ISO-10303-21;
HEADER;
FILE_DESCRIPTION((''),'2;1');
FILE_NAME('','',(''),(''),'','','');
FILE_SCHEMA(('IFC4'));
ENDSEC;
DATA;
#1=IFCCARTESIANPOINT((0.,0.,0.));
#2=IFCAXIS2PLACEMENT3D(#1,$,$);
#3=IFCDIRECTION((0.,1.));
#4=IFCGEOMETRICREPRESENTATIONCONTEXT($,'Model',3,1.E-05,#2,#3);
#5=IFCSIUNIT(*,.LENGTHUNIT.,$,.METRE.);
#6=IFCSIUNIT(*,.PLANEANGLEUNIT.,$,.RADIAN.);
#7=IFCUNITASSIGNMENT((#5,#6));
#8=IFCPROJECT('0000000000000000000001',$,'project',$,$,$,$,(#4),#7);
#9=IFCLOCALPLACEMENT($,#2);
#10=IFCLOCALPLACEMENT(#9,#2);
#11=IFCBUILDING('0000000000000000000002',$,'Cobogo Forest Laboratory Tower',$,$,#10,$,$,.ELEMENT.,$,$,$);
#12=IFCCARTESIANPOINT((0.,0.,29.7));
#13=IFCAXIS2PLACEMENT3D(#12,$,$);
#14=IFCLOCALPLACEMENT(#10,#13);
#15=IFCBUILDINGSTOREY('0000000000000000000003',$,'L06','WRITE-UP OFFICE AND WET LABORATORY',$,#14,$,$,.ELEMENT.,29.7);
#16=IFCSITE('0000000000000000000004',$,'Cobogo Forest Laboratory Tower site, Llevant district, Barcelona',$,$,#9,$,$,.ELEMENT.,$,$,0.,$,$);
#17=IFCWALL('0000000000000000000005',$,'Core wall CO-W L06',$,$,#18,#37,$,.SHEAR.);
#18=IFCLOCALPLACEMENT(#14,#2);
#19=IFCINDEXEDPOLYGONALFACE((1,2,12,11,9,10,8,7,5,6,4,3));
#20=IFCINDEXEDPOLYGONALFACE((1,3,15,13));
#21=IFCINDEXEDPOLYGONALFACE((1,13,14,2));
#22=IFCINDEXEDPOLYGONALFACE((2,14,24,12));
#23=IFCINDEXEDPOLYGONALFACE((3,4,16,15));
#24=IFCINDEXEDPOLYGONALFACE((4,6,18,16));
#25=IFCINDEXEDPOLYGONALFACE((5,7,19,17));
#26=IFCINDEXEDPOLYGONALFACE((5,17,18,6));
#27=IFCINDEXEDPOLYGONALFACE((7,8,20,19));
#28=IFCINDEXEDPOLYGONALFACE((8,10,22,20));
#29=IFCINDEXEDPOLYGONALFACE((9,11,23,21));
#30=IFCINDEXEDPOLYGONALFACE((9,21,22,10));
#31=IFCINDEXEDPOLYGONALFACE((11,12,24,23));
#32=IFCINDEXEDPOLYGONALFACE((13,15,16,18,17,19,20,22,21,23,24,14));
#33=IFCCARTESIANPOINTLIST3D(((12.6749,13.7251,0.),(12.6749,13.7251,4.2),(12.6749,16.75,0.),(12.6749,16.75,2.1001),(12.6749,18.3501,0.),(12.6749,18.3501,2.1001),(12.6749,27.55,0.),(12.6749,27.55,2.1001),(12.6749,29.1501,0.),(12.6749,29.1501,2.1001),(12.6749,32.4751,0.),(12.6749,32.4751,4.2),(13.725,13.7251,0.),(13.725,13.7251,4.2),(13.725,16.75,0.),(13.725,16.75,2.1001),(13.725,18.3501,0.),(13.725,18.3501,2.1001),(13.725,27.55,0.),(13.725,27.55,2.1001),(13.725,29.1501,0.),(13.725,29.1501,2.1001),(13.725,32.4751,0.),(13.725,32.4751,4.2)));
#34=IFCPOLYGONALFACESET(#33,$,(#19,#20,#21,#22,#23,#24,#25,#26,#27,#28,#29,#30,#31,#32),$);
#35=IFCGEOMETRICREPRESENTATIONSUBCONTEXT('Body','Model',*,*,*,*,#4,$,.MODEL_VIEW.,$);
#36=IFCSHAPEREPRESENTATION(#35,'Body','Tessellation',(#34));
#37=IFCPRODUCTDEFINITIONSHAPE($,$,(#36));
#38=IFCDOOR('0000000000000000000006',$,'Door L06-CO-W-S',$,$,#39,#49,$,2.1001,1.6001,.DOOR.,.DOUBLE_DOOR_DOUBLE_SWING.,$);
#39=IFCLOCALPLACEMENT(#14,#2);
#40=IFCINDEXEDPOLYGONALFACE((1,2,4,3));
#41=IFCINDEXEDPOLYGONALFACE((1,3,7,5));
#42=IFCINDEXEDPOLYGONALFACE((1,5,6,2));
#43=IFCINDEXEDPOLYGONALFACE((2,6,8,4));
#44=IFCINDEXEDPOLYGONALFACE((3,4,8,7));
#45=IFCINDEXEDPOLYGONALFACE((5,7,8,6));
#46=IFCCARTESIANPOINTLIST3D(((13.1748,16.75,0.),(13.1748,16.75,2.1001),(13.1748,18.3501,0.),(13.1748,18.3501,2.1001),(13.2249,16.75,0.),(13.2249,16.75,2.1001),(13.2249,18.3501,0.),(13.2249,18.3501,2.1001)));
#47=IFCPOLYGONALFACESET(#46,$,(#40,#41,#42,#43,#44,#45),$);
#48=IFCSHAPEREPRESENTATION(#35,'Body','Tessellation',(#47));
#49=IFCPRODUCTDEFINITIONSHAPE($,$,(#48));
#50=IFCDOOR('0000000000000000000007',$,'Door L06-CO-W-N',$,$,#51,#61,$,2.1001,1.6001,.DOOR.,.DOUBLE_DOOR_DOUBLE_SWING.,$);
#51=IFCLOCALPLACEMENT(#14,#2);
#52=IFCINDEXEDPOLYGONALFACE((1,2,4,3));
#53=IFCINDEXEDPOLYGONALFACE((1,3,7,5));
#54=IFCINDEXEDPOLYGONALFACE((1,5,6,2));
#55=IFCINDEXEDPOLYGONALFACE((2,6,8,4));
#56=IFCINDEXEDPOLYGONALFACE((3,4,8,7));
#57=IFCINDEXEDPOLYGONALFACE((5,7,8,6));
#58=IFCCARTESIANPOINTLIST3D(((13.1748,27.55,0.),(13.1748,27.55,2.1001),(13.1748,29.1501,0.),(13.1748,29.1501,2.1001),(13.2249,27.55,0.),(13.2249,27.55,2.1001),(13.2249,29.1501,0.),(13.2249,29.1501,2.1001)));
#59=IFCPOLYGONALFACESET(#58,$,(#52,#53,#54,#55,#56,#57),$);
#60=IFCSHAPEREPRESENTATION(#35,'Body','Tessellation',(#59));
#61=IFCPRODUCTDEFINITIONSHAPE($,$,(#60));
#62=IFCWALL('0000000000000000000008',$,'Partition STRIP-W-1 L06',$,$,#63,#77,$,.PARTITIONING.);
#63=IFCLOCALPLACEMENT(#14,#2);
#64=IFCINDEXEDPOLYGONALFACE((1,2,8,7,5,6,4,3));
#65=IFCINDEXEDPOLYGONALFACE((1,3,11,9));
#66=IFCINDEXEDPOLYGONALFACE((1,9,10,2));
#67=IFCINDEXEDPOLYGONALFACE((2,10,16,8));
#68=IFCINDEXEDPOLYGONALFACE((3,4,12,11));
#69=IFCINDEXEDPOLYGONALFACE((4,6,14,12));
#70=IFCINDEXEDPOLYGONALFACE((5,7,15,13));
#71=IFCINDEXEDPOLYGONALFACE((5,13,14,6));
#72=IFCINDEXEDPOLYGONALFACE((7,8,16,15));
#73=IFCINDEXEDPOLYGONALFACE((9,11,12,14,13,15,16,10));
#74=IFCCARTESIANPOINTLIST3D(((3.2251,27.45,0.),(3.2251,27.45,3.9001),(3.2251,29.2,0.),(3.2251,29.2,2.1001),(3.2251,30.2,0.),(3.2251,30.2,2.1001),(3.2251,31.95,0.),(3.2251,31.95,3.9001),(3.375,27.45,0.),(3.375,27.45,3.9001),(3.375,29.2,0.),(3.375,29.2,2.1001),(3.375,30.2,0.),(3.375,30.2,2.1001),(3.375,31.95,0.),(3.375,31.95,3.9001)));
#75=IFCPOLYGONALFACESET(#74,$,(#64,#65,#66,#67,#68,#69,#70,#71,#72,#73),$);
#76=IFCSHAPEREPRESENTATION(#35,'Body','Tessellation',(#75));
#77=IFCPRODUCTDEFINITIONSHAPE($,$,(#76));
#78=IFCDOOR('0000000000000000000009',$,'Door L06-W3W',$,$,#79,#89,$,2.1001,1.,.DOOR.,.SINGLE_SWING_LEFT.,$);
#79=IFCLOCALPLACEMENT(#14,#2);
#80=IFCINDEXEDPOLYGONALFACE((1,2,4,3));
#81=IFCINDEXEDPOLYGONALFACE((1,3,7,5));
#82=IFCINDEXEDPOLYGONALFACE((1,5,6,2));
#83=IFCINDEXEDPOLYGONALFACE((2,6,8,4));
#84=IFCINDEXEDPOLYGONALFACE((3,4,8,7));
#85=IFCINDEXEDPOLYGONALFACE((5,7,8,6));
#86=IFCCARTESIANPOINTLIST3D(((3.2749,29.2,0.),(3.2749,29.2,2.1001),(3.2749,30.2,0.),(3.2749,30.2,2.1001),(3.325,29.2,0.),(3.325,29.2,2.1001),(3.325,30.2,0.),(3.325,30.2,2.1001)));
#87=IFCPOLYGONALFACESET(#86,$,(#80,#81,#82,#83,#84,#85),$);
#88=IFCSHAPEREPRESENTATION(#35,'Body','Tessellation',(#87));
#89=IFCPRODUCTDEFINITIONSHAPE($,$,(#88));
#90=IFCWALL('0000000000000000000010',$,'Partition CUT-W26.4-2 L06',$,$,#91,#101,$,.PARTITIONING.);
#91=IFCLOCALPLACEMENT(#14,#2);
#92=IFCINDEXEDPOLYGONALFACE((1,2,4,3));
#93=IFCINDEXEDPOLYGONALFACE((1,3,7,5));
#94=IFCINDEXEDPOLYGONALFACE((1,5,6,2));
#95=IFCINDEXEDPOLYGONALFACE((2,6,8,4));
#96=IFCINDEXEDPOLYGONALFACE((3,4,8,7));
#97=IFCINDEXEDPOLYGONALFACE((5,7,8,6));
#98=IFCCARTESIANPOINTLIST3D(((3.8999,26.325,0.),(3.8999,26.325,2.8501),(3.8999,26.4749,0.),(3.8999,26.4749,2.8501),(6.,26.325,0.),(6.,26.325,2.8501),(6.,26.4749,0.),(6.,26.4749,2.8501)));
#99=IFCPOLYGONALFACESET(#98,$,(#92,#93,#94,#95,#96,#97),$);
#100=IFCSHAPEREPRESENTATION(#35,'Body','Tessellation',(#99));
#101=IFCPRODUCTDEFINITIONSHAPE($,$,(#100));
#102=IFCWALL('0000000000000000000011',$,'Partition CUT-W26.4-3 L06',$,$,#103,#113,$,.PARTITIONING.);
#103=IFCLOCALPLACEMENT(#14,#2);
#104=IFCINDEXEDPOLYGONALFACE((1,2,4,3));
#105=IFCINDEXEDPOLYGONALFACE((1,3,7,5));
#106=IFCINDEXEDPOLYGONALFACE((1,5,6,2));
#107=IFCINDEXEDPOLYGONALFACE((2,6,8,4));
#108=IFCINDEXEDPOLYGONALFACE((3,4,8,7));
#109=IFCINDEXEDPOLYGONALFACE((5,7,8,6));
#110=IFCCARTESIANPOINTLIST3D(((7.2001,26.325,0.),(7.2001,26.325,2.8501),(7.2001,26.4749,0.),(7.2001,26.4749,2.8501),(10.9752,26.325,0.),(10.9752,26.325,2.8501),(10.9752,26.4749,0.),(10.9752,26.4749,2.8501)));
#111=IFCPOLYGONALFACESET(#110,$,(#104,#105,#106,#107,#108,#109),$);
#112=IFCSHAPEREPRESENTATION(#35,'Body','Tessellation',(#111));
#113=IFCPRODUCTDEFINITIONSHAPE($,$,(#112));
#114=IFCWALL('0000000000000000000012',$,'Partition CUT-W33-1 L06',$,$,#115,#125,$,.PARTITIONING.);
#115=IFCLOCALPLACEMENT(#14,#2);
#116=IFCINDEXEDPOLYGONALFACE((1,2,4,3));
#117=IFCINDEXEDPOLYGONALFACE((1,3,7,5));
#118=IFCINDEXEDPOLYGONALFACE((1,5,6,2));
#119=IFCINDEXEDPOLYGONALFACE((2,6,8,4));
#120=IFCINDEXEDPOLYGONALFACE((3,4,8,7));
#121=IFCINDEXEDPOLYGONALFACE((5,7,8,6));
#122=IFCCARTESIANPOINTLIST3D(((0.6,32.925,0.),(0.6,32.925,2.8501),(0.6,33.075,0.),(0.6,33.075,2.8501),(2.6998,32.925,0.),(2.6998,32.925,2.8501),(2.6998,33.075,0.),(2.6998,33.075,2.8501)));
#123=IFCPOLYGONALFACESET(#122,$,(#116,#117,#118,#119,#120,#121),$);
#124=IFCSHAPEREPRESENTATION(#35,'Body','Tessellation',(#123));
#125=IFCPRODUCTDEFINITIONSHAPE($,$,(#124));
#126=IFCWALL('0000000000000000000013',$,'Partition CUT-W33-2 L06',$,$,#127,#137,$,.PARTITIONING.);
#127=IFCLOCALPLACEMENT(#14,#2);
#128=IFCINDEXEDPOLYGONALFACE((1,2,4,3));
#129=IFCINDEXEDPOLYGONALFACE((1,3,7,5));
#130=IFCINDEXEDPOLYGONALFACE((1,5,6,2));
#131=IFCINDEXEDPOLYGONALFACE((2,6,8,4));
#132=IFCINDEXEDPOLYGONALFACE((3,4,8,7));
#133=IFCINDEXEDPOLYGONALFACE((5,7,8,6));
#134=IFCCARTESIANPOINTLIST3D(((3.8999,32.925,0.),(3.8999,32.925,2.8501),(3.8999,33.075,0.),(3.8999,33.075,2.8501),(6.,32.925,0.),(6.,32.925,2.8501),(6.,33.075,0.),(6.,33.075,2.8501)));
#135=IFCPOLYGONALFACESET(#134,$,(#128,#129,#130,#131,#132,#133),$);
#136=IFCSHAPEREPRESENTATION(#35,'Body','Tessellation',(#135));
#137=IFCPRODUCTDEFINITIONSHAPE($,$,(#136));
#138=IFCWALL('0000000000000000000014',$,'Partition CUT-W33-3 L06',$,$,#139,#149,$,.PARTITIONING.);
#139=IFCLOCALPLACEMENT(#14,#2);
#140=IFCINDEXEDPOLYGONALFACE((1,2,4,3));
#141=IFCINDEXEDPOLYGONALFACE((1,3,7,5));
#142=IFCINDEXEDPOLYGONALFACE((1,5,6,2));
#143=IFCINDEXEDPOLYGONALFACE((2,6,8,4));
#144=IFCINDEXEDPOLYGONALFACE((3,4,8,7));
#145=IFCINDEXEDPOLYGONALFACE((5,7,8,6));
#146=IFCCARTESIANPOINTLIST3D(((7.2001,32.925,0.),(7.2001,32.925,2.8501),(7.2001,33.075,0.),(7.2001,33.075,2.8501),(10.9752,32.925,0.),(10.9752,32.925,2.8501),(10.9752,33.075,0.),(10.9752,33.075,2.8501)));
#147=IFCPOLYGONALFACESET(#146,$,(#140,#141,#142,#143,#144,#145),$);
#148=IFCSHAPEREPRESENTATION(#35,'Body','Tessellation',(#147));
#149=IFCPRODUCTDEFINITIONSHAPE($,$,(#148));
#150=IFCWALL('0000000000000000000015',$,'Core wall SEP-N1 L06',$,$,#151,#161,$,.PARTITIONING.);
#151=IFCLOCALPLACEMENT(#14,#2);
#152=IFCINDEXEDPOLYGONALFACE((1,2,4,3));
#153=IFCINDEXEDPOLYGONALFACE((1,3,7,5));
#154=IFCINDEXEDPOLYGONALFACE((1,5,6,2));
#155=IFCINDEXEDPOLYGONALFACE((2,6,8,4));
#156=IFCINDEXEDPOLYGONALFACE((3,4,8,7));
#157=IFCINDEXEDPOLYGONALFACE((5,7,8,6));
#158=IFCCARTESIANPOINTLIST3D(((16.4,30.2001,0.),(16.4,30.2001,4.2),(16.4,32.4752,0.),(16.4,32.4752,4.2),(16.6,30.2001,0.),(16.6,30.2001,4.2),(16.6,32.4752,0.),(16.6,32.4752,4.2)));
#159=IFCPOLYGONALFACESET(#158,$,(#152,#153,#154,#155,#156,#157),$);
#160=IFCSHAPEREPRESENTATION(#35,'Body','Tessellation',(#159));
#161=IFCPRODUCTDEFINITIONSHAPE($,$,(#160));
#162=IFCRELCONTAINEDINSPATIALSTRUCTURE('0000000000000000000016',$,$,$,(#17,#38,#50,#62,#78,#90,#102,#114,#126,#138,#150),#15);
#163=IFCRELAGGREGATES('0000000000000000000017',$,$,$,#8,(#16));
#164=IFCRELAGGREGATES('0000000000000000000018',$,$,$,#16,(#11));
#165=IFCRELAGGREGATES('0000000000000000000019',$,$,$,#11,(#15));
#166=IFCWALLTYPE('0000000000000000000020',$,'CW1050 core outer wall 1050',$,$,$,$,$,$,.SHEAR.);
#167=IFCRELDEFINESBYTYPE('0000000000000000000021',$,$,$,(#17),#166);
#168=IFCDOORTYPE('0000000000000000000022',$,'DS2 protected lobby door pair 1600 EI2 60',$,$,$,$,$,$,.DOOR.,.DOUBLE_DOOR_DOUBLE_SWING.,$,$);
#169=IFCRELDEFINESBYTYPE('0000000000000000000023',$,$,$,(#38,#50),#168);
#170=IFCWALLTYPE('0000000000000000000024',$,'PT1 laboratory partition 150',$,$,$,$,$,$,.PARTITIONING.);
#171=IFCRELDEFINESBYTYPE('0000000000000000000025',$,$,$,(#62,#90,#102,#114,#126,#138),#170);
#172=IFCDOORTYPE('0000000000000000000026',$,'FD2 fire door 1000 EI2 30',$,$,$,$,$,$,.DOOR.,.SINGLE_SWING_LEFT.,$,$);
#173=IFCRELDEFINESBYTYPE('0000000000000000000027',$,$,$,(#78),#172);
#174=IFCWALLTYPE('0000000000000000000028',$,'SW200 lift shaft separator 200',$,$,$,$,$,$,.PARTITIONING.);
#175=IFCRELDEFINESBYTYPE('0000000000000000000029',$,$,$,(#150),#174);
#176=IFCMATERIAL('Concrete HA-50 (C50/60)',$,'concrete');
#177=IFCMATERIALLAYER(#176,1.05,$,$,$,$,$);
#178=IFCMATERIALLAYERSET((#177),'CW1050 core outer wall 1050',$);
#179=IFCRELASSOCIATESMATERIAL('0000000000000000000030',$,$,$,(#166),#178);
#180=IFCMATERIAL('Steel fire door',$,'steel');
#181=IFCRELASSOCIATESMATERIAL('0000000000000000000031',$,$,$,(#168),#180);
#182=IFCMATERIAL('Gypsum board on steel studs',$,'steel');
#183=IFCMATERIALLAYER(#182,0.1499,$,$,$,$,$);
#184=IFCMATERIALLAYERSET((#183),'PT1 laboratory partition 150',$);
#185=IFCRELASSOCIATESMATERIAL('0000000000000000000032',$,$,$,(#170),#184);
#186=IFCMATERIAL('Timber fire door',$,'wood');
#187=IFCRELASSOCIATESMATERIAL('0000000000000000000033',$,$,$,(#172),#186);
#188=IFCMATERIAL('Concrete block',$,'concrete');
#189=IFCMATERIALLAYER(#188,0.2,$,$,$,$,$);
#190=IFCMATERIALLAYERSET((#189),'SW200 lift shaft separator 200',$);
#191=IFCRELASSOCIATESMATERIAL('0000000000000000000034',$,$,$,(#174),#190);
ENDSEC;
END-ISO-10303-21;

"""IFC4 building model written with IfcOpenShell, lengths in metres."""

from ifc_helpers import new_model, si_unit, direction, frame, frame_2d, origin, place, context, subcontext, project, spatial, rectangle, extrude, material, layer, layer_set, type_object, element, fill, save


model = new_model("IFC4")

# Units and contexts
model_context = context("Model", 3, precision=1e-05, world=origin(), true_north=direction((0.0, 1.0)))
body_context = subcontext(model_context, "Body", "Model", "MODEL_VIEW")
ifc_project = project(units=[si_unit("LENGTHUNIT", "METRE"), si_unit("PLANEANGLEUNIT", "RADIAN")], contexts=[model_context])

# Site, building, storey
site_placement = place(None, origin())
site = spatial("IfcSite", under=ifc_project, at=site_placement, Name="Cobogo Forest Laboratory Tower site, Llevant district, Barcelona", CompositionType="ELEMENT", RefElevation=0.0)
building_placement = place(site_placement, origin())
building = spatial("IfcBuilding", under=site, at=building_placement, Name="Cobogo Forest Laboratory Tower", CompositionType="ELEMENT")
storey_placement = place(building_placement, frame((0.0, 0.0, 29.7)))
storey = spatial("IfcBuildingStorey", under=building, at=storey_placement, Name="L06", Description="WRITE-UP OFFICE AND WET LABORATORY", CompositionType="ELEMENT", Elevation=29.7)

# Shared definitions
ifc_material_1 = material(Name="Concrete HA-50 (C50/60)", Category="concrete")

# Shared definitions
ifc_material_2 = material(Name="Steel fire door", Category="steel")

# Wall, openings, doors
ifc_layer_1 = layer(ifc_material_1, 1.05)
ifc_layer_set_1 = layer_set([ifc_layer_1], Name="CW1050 core outer wall 1050")
wall_type_1 = type_object("IfcWallType", Name="CW1050 core outer wall 1050", PredefinedType="SHEAR", material=ifc_layer_set_1)
wall_1_placement = place(storey_placement, frame((13.2, 32.4751, 0.0), z_axis=(0.0, 0.0, 1.0), x_axis=(0.0, -1.0, 0.0)))
wall_1 = element("IfcWall", 1, at=wall_1_placement, inside=storey, type_object=wall_type_1, Name="Core wall CO-W L06", PredefinedType="SHEAR", context=body_context, shape_type="SweptSolid", body=[
    extrude(rectangle(XDim=18.75, YDim=1.05, at=frame_2d((9.375, 0.0))), origin(), (0.0, 0.0, 1.0), 4.2),
])
opening_1_placement = place(wall_1_placement, frame((14.125, 0.0, 0.0)))
opening_1 = element("IfcOpeningElement", 2, at=opening_1_placement, cuts=wall_1, PredefinedType="OPENING", context=body_context, shape_type="SweptSolid", body=[
    extrude(rectangle(XDim=1.6001, YDim=2.1001, at=frame_2d((0.8, 1.05))), frame((0.0, 0.5349, 0.0), z_axis=(0.0, -1.0, 0.0), x_axis=(1.0, 0.0, 0.0)), (0.0, 0.0, 1.0), 1.0701),
])
opening_2_placement = place(wall_1_placement, frame((3.325, 0.0, 0.0)))
opening_2 = element("IfcOpeningElement", 3, at=opening_2_placement, cuts=wall_1, PredefinedType="OPENING", context=body_context, shape_type="SweptSolid", body=[
    extrude(rectangle(XDim=1.6001, YDim=2.1001, at=frame_2d((0.8, 1.05))), frame((0.0, 0.5349, 0.0), z_axis=(0.0, -1.0, 0.0), x_axis=(1.0, 0.0, 0.0)), (0.0, 0.0, 1.0), 1.0701),
])
door_type_1 = type_object("IfcDoorType", Name="DS2 protected lobby door pair 1600 EI2 60", OperationType="DOUBLE_DOOR_DOUBLE_SWING", PredefinedType="DOOR", material=ifc_material_2)
door_1_placement = place(opening_1_placement, origin())
door_1 = element("IfcDoor", 4, at=door_1_placement, inside=storey, type_object=door_type_1, Name="Door L06-CO-W-S", OperationType="DOUBLE_DOOR_DOUBLE_SWING", OverallHeight=2.1001, OverallWidth=1.6001, PredefinedType="DOOR", context=body_context, shape_type="SweptSolid", body=[
    extrude(rectangle(XDim=1.6001, YDim=2.1001, at=frame_2d((0.8, 1.05))), frame((0.0, 0.0249, 0.0), z_axis=(0.0, -1.0, 0.0), x_axis=(1.0, 0.0, 0.0)), (0.0, 0.0, 1.0), 0.05),
])
fill(opening_1, door_1)
door_2_placement = place(opening_2_placement, origin())
door_2 = element("IfcDoor", 5, at=door_2_placement, inside=storey, type_object=door_type_1, Name="Door L06-CO-W-N", OperationType="DOUBLE_DOOR_DOUBLE_SWING", OverallHeight=2.1001, OverallWidth=1.6001, PredefinedType="DOOR", context=body_context, shape_type="SweptSolid", body=[
    extrude(rectangle(XDim=1.6001, YDim=2.1001, at=frame_2d((0.8, 1.05))), frame((0.0, 0.0249, 0.0), z_axis=(0.0, -1.0, 0.0), x_axis=(1.0, 0.0, 0.0)), (0.0, 0.0, 1.0), 0.05),
])
fill(opening_2, door_2)

# Wall, opening, door
ifc_material_3 = material(Name="Gypsum board on steel studs", Category="steel")
ifc_layer_2 = layer(ifc_material_3, 0.1499)
ifc_layer_set_2 = layer_set([ifc_layer_2], Name="PT1 laboratory partition 150")
wall_type_2 = type_object("IfcWallType", Name="PT1 laboratory partition 150", PredefinedType="PARTITIONING", material=ifc_layer_set_2)
wall_2_placement = place(storey_placement, frame((3.3, 31.95, 0.0), z_axis=(0.0, 0.0, 1.0), x_axis=(0.0, -1.0, 0.0)))
wall_2 = element("IfcWall", 6, at=wall_2_placement, inside=storey, type_object=wall_type_2, Name="Partition STRIP-W-1 L06", PredefinedType="PARTITIONING", context=body_context, shape_type="SweptSolid", body=[
    extrude(rectangle(XDim=4.5, YDim=0.1499, at=frame_2d((2.25, 0.0))), origin(), (0.0, 0.0, 1.0), 3.9001),
])
opening_3_placement = place(wall_2_placement, frame((1.75, 0.0, 0.0)))
opening_3 = element("IfcOpeningElement", 7, at=opening_3_placement, cuts=wall_2, PredefinedType="OPENING", context=body_context, shape_type="SweptSolid", body=[
    extrude(rectangle(XDim=1.0, YDim=2.1001, at=frame_2d((0.5, 1.05))), frame((0.0, 0.085, 0.0), z_axis=(0.0, -1.0, 0.0), x_axis=(1.0, 0.0, 0.0)), (0.0, 0.0, 1.0), 0.1699),
])
ifc_material_4 = material(Name="Timber fire door", Category="wood")
door_type_2 = type_object("IfcDoorType", Name="FD2 fire door 1000 EI2 30", OperationType="SINGLE_SWING_LEFT", PredefinedType="DOOR", material=ifc_material_4)
door_3_placement = place(opening_3_placement, origin())
door_3 = element("IfcDoor", 8, at=door_3_placement, inside=storey, type_object=door_type_2, Name="Door L06-W3W", OperationType="SINGLE_SWING_LEFT", OverallHeight=2.1001, OverallWidth=1.0, PredefinedType="DOOR", context=body_context, shape_type="SweptSolid", body=[
    extrude(rectangle(XDim=1.0, YDim=2.1001, at=frame_2d((0.5, 1.05))), frame((0.0, 0.0249, 0.0), z_axis=(0.0, -1.0, 0.0), x_axis=(1.0, 0.0, 0.0)), (0.0, 0.0, 1.0), 0.05),
])
fill(opening_3, door_3)

# Walls
wall_3_placement = place(storey_placement, frame((3.8999, 26.3999, 0.0), z_axis=(0.0, 0.0, 1.0), x_axis=(1.0, 0.0, 0.0)))
element("IfcWall", 9, at=wall_3_placement, inside=storey, type_object=wall_type_2, Name="Partition CUT-W26.4-2 L06", PredefinedType="PARTITIONING", context=body_context, shape_type="SweptSolid", body=[
    extrude(rectangle(XDim=2.1001, YDim=0.1499, at=frame_2d((1.05, 0.0))), origin(), (0.0, 0.0, 1.0), 2.8501),
])
wall_4_placement = place(storey_placement, frame((7.2, 26.3999, 0.0), z_axis=(0.0, 0.0, 1.0), x_axis=(1.0, 0.0, 0.0)))
element("IfcWall", 10, at=wall_4_placement, inside=storey, type_object=wall_type_2, Name="Partition CUT-W26.4-3 L06", PredefinedType="PARTITIONING", context=body_context, shape_type="SweptSolid", body=[
    extrude(rectangle(XDim=3.7751, YDim=0.1499, at=frame_2d((1.8877, 0.0))), origin(), (0.0, 0.0, 1.0), 2.8501),
])
wall_5_placement = place(storey_placement, frame((0.6001, 33.0, 0.0), z_axis=(0.0, 0.0, 1.0), x_axis=(1.0, 0.0, 0.0)))
element("IfcWall", 11, at=wall_5_placement, inside=storey, type_object=wall_type_2, Name="Partition CUT-W33-1 L06", PredefinedType="PARTITIONING", context=body_context, shape_type="SweptSolid", body=[
    extrude(rectangle(XDim=2.0999, YDim=0.1499, at=frame_2d((1.0498, 0.0))), origin(), (0.0, 0.0, 1.0), 2.8501),
])
wall_6_placement = place(storey_placement, frame((3.8999, 33.0, 0.0), z_axis=(0.0, 0.0, 1.0), x_axis=(1.0, 0.0, 0.0)))
element("IfcWall", 12, at=wall_6_placement, inside=storey, type_object=wall_type_2, Name="Partition CUT-W33-2 L06", PredefinedType="PARTITIONING", context=body_context, shape_type="SweptSolid", body=[
    extrude(rectangle(XDim=2.1001, YDim=0.1499, at=frame_2d((1.05, 0.0))), origin(), (0.0, 0.0, 1.0), 2.8501),
])
wall_7_placement = place(storey_placement, frame((7.2, 33.0, 0.0), z_axis=(0.0, 0.0, 1.0), x_axis=(1.0, 0.0, 0.0)))
element("IfcWall", 13, at=wall_7_placement, inside=storey, type_object=wall_type_2, Name="Partition CUT-W33-3 L06", PredefinedType="PARTITIONING", context=body_context, shape_type="SweptSolid", body=[
    extrude(rectangle(XDim=3.7751, YDim=0.1499, at=frame_2d((1.8877, 0.0))), origin(), (0.0, 0.0, 1.0), 2.8501),
])
ifc_material_5 = material(Name="Concrete block", Category="concrete")
ifc_layer_3 = layer(ifc_material_5, 0.2)
ifc_layer_set_3 = layer_set([ifc_layer_3], Name="SW200 lift shaft separator 200")
wall_type_3 = type_object("IfcWallType", Name="SW200 lift shaft separator 200", PredefinedType="PARTITIONING", material=ifc_layer_set_3)
wall_8_placement = place(storey_placement, frame((16.5, 30.2, 0.0), z_axis=(0.0, 0.0, 1.0), x_axis=(0.0, 1.0, 0.0)))
element("IfcWall", 14, at=wall_8_placement, inside=storey, type_object=wall_type_3, Name="Core wall SEP-N1 L06", PredefinedType="PARTITIONING", context=body_context, shape_type="SweptSolid", body=[
    extrude(rectangle(XDim=2.2751, YDim=0.2, at=frame_2d((1.1377, 0.0))), origin(), (0.0, 0.0, 1.0), 4.2),
])

save(model, "model.ifc")
